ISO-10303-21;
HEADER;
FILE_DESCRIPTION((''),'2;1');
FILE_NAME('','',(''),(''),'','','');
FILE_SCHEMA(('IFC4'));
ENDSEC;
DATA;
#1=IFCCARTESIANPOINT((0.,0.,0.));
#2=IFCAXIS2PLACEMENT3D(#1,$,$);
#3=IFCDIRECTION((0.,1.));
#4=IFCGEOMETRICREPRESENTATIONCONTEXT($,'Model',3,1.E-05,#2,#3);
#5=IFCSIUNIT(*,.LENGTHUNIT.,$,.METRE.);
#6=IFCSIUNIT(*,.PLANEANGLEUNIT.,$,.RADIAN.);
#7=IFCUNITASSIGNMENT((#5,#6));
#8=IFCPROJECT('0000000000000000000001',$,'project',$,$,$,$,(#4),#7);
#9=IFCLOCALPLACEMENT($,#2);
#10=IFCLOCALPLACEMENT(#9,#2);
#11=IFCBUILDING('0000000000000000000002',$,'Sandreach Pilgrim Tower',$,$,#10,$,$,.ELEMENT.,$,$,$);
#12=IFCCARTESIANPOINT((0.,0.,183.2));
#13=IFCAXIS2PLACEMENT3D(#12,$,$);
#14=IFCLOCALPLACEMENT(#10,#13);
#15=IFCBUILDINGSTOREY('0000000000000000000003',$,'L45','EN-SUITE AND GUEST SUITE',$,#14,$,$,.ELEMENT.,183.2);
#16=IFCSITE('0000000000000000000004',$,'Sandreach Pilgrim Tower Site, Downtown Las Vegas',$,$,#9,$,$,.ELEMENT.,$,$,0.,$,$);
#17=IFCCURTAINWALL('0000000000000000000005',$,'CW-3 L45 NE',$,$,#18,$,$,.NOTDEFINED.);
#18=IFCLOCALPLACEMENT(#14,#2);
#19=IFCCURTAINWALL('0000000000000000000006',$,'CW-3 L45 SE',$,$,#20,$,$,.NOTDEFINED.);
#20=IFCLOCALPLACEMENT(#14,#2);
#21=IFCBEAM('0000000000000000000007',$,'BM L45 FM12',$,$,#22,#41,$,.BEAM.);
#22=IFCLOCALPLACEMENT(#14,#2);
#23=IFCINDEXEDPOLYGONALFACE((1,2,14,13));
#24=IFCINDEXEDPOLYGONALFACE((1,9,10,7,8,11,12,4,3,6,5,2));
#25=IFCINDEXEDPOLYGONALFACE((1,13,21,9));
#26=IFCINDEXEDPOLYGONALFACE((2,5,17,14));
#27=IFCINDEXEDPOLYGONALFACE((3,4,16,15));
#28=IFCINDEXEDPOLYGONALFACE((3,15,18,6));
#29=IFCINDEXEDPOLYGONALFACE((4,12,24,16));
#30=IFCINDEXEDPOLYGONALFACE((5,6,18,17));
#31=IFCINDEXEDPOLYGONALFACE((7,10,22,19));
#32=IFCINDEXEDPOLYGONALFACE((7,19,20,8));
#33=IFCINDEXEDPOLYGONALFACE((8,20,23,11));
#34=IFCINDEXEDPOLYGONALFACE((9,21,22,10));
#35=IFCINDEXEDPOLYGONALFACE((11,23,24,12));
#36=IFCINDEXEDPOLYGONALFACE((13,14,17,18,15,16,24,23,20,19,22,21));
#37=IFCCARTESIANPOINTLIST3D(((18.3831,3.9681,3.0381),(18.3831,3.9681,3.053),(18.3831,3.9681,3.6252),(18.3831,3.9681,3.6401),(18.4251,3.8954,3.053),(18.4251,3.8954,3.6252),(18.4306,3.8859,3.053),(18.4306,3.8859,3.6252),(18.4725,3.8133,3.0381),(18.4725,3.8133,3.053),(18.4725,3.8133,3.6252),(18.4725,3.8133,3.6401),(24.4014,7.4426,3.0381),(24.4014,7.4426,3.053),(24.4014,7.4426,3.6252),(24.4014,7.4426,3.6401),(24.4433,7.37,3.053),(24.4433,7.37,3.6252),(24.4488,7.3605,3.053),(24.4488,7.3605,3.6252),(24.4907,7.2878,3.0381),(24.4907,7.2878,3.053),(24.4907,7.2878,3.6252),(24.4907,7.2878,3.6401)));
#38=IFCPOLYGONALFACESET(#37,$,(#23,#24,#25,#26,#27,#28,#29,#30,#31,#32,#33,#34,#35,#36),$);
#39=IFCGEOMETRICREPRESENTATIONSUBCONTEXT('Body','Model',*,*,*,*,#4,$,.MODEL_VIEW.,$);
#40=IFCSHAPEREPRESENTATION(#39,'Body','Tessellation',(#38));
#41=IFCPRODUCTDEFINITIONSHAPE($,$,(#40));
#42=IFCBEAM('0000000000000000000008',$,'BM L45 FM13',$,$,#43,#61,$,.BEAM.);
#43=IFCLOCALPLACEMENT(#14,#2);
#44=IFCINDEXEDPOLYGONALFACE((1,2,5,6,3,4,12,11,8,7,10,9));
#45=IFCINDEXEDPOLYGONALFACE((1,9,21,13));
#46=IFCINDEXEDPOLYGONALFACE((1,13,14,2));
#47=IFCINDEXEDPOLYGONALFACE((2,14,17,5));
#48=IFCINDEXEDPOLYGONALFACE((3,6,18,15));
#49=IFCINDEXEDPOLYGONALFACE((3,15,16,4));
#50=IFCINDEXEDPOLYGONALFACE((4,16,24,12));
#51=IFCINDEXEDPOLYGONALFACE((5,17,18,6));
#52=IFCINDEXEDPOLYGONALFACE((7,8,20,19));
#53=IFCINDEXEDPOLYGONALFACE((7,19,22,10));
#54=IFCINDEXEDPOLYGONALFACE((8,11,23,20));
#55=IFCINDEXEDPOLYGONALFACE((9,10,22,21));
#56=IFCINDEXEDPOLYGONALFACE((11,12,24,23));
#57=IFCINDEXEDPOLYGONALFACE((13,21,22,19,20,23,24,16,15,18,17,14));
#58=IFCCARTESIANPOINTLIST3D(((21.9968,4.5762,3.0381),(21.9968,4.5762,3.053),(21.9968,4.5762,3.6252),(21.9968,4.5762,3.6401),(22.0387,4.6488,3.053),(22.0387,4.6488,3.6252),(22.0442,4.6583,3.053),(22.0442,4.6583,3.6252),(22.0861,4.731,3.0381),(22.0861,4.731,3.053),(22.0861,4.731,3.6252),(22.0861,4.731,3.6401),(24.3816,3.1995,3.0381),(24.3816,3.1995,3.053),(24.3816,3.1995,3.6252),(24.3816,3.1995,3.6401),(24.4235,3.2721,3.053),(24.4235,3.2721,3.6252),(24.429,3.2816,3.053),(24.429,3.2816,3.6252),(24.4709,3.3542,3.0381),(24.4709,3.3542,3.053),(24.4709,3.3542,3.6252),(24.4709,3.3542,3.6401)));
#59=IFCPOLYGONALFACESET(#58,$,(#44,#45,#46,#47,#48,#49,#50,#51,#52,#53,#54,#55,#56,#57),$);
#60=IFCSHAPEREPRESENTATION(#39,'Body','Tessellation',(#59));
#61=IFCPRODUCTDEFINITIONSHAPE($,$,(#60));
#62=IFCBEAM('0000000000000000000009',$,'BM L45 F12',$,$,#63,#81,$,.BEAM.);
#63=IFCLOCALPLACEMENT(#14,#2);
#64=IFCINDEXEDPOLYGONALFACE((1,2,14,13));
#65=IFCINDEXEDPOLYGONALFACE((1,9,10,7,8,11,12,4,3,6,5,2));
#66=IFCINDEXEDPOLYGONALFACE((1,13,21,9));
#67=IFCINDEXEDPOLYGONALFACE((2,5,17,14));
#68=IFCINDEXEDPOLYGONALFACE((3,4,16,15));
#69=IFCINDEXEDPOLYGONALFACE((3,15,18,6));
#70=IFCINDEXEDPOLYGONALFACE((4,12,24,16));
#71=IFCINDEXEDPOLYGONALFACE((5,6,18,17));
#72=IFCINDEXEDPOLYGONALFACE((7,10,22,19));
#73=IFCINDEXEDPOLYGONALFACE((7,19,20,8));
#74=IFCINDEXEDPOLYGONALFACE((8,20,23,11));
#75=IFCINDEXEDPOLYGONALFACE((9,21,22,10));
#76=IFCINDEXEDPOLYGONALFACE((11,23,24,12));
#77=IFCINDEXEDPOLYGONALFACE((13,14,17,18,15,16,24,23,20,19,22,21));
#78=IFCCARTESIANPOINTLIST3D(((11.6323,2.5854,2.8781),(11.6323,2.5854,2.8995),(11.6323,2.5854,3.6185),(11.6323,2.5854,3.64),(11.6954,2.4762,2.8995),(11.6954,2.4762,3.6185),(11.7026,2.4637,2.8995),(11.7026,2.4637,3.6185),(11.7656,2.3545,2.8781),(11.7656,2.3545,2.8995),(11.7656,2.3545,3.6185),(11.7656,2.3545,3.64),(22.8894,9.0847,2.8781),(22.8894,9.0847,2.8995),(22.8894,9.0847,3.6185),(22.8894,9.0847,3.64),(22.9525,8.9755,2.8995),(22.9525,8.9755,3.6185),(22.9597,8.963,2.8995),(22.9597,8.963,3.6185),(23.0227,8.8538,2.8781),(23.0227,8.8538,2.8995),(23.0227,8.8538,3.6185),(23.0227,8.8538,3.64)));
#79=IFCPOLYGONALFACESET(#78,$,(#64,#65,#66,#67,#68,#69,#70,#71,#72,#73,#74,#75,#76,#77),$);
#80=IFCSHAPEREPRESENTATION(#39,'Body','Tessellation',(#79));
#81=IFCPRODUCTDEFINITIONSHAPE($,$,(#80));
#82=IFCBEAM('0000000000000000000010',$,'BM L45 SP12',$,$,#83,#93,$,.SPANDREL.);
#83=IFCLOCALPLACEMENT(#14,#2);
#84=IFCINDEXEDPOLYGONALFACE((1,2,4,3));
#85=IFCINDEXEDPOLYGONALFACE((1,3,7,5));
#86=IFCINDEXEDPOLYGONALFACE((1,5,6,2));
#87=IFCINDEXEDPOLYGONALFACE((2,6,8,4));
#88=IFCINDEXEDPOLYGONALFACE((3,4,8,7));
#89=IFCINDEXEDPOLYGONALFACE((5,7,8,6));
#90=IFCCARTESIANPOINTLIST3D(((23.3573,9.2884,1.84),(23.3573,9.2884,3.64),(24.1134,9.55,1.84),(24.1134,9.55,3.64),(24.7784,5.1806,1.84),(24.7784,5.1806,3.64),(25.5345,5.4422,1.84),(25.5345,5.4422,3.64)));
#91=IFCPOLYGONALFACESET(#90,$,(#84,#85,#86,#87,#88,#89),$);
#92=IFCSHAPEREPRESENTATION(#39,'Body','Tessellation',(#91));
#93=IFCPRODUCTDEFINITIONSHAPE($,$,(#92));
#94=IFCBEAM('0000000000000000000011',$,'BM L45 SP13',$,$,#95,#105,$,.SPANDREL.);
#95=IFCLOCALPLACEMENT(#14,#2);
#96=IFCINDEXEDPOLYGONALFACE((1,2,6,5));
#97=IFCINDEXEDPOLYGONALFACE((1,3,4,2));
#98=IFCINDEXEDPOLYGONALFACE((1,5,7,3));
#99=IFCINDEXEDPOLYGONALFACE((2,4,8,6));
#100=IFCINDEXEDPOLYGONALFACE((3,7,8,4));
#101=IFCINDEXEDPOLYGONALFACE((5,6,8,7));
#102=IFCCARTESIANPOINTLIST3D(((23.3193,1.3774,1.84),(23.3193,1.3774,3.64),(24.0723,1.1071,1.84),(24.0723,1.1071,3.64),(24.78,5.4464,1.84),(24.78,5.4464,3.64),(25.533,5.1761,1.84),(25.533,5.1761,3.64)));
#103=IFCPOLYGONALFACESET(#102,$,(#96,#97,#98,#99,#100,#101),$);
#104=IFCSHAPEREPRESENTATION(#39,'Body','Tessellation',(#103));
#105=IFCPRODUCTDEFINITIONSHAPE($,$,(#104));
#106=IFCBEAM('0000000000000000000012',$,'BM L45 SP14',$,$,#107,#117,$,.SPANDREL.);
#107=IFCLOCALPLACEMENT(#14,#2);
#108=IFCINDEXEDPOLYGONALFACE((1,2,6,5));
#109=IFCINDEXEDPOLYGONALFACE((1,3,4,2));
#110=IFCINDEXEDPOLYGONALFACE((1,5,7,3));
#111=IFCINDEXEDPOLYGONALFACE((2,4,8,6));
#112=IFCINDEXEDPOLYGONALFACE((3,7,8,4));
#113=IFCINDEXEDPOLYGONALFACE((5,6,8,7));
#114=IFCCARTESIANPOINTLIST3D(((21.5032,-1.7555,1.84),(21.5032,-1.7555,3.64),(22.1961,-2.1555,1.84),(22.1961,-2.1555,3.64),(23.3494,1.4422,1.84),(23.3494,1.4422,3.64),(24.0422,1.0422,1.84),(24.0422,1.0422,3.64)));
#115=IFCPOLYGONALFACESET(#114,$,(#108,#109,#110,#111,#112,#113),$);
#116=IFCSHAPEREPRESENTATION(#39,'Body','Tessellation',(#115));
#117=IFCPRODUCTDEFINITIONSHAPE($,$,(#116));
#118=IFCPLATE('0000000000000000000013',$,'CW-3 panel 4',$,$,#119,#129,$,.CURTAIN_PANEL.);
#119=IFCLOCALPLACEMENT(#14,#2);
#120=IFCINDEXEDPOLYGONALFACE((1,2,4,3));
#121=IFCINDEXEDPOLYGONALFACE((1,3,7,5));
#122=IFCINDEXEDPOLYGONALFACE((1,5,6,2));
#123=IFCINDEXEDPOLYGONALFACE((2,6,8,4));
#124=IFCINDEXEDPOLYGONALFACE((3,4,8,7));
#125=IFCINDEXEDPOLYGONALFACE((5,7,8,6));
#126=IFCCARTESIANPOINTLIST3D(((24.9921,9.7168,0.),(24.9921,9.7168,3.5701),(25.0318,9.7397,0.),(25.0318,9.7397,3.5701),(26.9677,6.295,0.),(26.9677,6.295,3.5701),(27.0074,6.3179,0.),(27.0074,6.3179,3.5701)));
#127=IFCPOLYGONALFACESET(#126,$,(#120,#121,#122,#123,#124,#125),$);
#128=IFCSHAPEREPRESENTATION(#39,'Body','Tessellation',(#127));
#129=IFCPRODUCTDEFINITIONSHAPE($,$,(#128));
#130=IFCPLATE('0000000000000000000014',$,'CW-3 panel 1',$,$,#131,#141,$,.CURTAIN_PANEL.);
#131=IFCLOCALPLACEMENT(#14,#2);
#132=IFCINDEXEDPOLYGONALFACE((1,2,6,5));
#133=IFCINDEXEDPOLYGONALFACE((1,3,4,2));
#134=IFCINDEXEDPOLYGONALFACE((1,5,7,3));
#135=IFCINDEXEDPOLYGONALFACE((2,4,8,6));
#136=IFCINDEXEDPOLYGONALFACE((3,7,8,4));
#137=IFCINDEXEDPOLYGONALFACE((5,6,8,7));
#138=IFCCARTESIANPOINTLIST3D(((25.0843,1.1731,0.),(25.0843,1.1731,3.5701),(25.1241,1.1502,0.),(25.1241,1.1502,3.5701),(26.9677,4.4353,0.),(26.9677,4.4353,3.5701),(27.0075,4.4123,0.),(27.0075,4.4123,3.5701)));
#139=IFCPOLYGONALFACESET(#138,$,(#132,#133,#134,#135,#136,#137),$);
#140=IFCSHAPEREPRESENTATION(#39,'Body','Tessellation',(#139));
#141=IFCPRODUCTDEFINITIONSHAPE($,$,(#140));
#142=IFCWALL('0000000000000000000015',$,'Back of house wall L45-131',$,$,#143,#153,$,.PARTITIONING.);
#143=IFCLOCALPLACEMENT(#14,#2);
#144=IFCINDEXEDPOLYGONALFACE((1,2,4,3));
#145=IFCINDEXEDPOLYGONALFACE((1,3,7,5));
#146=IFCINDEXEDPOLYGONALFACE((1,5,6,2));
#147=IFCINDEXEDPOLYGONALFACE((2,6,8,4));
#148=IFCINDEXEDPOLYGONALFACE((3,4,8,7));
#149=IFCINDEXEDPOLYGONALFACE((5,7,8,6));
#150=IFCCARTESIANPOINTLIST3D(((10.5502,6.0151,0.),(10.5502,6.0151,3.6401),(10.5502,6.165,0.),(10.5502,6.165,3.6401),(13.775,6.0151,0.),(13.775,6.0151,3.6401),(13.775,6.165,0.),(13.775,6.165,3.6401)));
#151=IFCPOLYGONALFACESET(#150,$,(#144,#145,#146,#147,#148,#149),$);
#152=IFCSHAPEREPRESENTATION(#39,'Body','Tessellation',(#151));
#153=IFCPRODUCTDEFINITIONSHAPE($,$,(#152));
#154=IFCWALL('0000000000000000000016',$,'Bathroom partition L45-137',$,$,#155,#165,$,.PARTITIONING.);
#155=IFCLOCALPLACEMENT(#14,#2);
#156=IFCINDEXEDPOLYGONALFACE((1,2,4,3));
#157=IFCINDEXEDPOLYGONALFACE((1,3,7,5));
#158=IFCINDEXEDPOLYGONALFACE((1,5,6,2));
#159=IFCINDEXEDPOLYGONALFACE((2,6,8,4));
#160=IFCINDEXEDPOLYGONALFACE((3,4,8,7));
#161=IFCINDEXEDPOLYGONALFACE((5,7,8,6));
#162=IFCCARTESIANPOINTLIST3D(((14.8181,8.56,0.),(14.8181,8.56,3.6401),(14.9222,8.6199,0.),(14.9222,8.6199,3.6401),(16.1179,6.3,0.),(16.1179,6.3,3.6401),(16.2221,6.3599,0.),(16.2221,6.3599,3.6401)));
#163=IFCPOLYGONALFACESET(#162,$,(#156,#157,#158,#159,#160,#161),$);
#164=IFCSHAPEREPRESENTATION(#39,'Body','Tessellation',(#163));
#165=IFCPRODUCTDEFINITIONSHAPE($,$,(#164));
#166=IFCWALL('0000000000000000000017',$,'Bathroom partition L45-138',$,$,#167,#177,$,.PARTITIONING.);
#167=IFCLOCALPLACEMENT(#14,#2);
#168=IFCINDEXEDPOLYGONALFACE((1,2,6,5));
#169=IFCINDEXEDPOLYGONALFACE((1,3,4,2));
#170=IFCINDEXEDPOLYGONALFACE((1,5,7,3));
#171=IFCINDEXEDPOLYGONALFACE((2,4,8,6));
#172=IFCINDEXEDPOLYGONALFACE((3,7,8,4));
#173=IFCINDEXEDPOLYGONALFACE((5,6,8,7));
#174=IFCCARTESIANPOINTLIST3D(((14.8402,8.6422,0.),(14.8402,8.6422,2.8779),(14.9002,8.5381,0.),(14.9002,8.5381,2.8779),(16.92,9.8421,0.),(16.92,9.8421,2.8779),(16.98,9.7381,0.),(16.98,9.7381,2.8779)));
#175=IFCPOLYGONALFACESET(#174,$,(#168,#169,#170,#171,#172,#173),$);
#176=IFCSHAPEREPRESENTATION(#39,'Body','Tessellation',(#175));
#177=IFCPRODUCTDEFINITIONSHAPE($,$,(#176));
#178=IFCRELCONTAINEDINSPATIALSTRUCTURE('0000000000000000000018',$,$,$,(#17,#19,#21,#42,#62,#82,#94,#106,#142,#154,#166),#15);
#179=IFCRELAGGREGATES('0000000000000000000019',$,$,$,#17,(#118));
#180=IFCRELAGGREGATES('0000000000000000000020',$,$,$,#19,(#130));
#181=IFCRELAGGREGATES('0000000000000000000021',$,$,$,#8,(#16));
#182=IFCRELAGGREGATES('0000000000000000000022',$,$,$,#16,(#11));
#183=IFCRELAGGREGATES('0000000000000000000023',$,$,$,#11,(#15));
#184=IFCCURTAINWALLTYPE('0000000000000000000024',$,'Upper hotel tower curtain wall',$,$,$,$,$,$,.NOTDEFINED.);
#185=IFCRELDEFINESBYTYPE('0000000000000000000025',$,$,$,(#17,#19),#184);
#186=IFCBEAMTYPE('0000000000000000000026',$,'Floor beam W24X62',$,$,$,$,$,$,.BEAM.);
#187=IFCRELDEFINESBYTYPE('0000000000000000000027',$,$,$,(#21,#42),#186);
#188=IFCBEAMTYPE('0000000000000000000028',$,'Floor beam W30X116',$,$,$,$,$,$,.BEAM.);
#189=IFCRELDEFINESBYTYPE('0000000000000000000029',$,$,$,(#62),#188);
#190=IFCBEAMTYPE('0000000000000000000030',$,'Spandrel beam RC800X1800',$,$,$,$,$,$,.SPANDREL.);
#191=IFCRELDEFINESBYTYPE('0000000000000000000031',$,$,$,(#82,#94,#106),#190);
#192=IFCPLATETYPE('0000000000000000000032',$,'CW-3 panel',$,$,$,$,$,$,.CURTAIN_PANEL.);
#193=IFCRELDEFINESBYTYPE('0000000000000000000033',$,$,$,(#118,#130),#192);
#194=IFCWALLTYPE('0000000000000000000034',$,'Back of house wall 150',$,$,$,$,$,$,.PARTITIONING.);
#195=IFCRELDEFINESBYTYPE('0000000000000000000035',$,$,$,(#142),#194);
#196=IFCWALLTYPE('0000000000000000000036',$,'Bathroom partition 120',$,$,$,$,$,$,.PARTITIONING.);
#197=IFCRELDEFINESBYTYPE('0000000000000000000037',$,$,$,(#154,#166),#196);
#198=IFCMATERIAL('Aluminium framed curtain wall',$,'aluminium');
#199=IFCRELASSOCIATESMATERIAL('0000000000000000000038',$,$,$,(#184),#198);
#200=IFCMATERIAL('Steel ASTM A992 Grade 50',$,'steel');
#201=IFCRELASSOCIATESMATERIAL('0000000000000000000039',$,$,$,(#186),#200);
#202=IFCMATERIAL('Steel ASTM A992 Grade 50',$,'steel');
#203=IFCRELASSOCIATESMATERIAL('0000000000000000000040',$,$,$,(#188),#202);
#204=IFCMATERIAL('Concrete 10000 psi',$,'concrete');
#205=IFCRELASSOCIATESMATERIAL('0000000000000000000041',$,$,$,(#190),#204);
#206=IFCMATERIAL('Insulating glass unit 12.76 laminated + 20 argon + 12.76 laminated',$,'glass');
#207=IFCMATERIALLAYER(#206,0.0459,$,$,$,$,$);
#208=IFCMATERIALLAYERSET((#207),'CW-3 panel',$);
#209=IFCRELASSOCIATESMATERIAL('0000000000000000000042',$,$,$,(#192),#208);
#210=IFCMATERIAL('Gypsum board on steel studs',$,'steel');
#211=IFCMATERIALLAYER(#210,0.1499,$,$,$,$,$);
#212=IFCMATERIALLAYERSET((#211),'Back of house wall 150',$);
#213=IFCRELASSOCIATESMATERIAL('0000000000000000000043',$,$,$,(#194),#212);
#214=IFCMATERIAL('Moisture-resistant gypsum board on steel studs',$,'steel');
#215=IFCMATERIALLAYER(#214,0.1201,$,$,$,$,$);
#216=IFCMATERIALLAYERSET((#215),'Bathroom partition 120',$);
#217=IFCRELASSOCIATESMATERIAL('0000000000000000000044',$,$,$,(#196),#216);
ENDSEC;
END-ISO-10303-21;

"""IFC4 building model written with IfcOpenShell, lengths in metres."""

from ifc_helpers import new_model, si_unit, direction, frame, frame_2d, origin, origin_2d, place, context, subcontext, project, spatial, rectangle, i_section, extrude, material, layer, layer_set, material_profile, profile_set, type_object, element, aggregate, save


model = new_model("IFC4")

# Units and contexts
model_context = context("Model", 3, precision=1e-05, world=origin(), true_north=direction((0.0, 1.0)))
body_context = subcontext(model_context, "Body", "Model", "MODEL_VIEW")
ifc_project = project(units=[si_unit("LENGTHUNIT", "METRE"), si_unit("PLANEANGLEUNIT", "RADIAN")], contexts=[model_context])

# Site, building, storey
site_placement = place(None, origin())
site = spatial("IfcSite", under=ifc_project, at=site_placement, Name="Sandreach Pilgrim Tower Site, Downtown Las Vegas", CompositionType="ELEMENT", RefElevation=0.0)
building_placement = place(site_placement, origin())
building = spatial("IfcBuilding", under=site, at=building_placement, Name="Sandreach Pilgrim Tower", CompositionType="ELEMENT")
storey_placement = place(building_placement, frame((0.0, 0.0, 183.2)))
storey = spatial("IfcBuildingStorey", under=building, at=storey_placement, Name="L45", Description="EN-SUITE AND GUEST SUITE", CompositionType="ELEMENT", Elevation=183.2)

# Curtain wall
ifc_material_1 = material(Name="Aluminium framed curtain wall", Category="aluminium")
curtain_wall_type = type_object("IfcCurtainWallType", Name="Upper hotel tower curtain wall", PredefinedType="NOTDEFINED", material=ifc_material_1)
curtain_wall_1_placement = place(storey_placement, origin())
curtain_wall_1 = element("IfcCurtainWall", 1, at=curtain_wall_1_placement, inside=storey, type_object=curtain_wall_type, Name="CW-3 L45 NE", PredefinedType="NOTDEFINED")

# Curtain wall
curtain_wall_2_placement = place(storey_placement, origin())
curtain_wall_2 = element("IfcCurtainWall", 2, at=curtain_wall_2_placement, inside=storey, type_object=curtain_wall_type, Name="CW-3 L45 SE", PredefinedType="NOTDEFINED")

# Beams
ifc_material_2 = material(Name="Steel ASTM A992 Grade 50", Category="steel")
ifc_material_profile_1 = material_profile(ifc_material_2, i_section(OverallWidth=0.1787, OverallDepth=0.6021, WebThickness=0.011, FlangeThickness=0.0149, at=origin_2d()), Name="W24X62")
ifc_profile_set_1 = profile_set([ifc_material_profile_1], Name="Steel ASTM A992 Grade 50")
beam_type_1 = type_object("IfcBeamType", Name="Floor beam W24X62", PredefinedType="BEAM", material=ifc_profile_set_1)
beam_1_placement = place(storey_placement, frame((24.446, 7.3652, 3.3391), z_axis=(-0.866029, -0.499993, 0.0), x_axis=(0.499993, -0.866029, 0.0)))
element("IfcBeam", 3, at=beam_1_placement, inside=storey, type_object=beam_type_1, Name="BM L45 FM12", PredefinedType="BEAM", context=body_context, shape_type="SweptSolid", body=[
    extrude(i_section(OverallWidth=0.1787, OverallDepth=0.6021, WebThickness=0.011, FlangeThickness=0.0149, at=origin_2d()), origin(), (0.0, 0.0, 1.0), 6.9492),
])
beam_2_placement = place(storey_placement, frame((24.4263, 3.2769, 3.3391), z_axis=(-0.866047, 0.499963, 0.0), x_axis=(-0.499963, -0.866047, 0.0)))
element("IfcBeam", 4, at=beam_2_placement, inside=storey, type_object=beam_type_1, Name="BM L45 FM13", PredefinedType="BEAM", context=body_context, shape_type="SweptSolid", body=[
    extrude(i_section(OverallWidth=0.1787, OverallDepth=0.6021, WebThickness=0.011, FlangeThickness=0.0149, at=origin_2d()), origin(), (0.0, 0.0, 1.0), 2.7537),
])
ifc_material_3 = material(Name="Steel ASTM A992 Grade 50", Category="steel")
ifc_material_profile_2 = material_profile(ifc_material_3, i_section(OverallWidth=0.2666, OverallDepth=0.762, WebThickness=0.0144, FlangeThickness=0.0215, at=origin_2d()), Name="W30X116")
ifc_profile_set_2 = profile_set([ifc_material_profile_2], Name="Steel ASTM A992 Grade 50")
beam_type_2 = type_object("IfcBeamType", Name="Floor beam W30X116", PredefinedType="BEAM", material=ifc_profile_set_2)
beam_3_placement = place(storey_placement, frame((22.9561, 8.9692, 3.259), z_axis=(-0.866026, -0.499999, 0.0), x_axis=(0.499999, -0.866026, 0.0)))
element("IfcBeam", 5, at=beam_3_placement, inside=storey, type_object=beam_type_2, Name="BM L45 F12", PredefinedType="BEAM", context=body_context, shape_type="SweptSolid", body=[
    extrude(i_section(OverallWidth=0.2666, OverallDepth=0.762, WebThickness=0.0144, FlangeThickness=0.0215, at=origin_2d()), origin(), (0.0, 0.0, 1.0), 12.9985),
])
ifc_material_4 = material(Name="Concrete 10000 psi", Category="concrete")
ifc_material_profile_3 = material_profile(ifc_material_4, rectangle(XDim=0.8, YDim=1.8, at=origin_2d()), Name="RC800X1800")
ifc_profile_set_3 = profile_set([ifc_material_profile_3], Name="Concrete 10000 psi")
beam_type_3 = type_object("IfcBeamType", Name="Spandrel beam RC800X1800", PredefinedType="SPANDREL", material=ifc_profile_set_3)
beam_4_placement = place(storey_placement, frame((23.7354, 9.4192, 2.74), z_axis=(0.326941, -0.945045, 0.0), x_axis=(0.945045, 0.326941, 0.0)))
element("IfcBeam", 6, at=beam_4_placement, inside=storey, type_object=beam_type_3, Name="BM L45 SP12", PredefinedType="SPANDREL", context=body_context, shape_type="SweptSolid", body=[
    extrude(rectangle(XDim=0.8, YDim=1.8, at=origin_2d()), origin(), (0.0, 0.0, 1.0), 4.3467),
])
beam_5_placement = place(storey_placement, frame((25.1565, 5.3113, 2.74), z_axis=(-0.337863, -0.941195, 0.0), x_axis=(0.941195, -0.337863, 0.0)))
element("IfcBeam", 7, at=beam_5_placement, inside=storey, type_object=beam_type_3, Name="BM L45 SP13", PredefinedType="SPANDREL", context=body_context, shape_type="SweptSolid", body=[
    extrude(rectangle(XDim=0.8, YDim=1.8, at=origin_2d()), origin(), (0.0, 0.0, 1.0), 4.3232),
])
beam_6_placement = place(storey_placement, frame((23.6958, 1.2422, 2.74), z_axis=(-0.499993, -0.866029, 0.0), x_axis=(0.866029, -0.499993, 0.0)))
element("IfcBeam", 8, at=beam_6_placement, inside=storey, type_object=beam_type_3, Name="BM L45 SP14", PredefinedType="SPANDREL", context=body_context, shape_type="SweptSolid", body=[
    extrude(rectangle(XDim=0.8, YDim=1.8, at=origin_2d()), origin(), (0.0, 0.0, 1.0), 3.6924),
])

# Plates
ifc_material_5 = material(Name="Insulating glass unit 12.76 laminated + 20 argon + 12.76 laminated", Category="glass")
ifc_layer_1 = layer(ifc_material_5, 0.0459)
ifc_layer_set_1 = layer_set([ifc_layer_1], Name="CW-3 panel")
plate_type = type_object("IfcPlateType", Name="CW-3 panel", PredefinedType="CURTAIN_PANEL", material=ifc_layer_set_1)
plate_1_placement = place(storey_placement, frame((25.9998, 8.0173, 0.0), z_axis=(0.0, 0.0, 1.0), x_axis=(0.5, -0.866025, 0.0)))
plate_1 = element("IfcPlate", 9, at=plate_1_placement, type_object=plate_type, Name="CW-3 panel 4", PredefinedType="CURTAIN_PANEL", context=body_context, shape_type="SweptSolid", body=[
    extrude(rectangle(XDim=3.9512, YDim=0.0459, at=origin_2d()), origin(), (0.0, 0.0, 1.0), 3.5701),
])
aggregate(curtain_wall_1, [plate_1])
plate_2_placement = place(storey_placement, frame((26.0459, 2.7927, 0.0), z_axis=(0.0, 0.0, 1.0), x_axis=(-0.5, -0.866025, 0.0)))
plate_2 = element("IfcPlate", 10, at=plate_2_placement, type_object=plate_type, Name="CW-3 panel 1", PredefinedType="CURTAIN_PANEL", context=body_context, shape_type="SweptSolid", body=[
    extrude(rectangle(XDim=3.7668, YDim=0.0459, at=origin_2d()), origin(), (0.0, 0.0, 1.0), 3.5701),
])
aggregate(curtain_wall_2, [plate_2])

# Walls
ifc_material_6 = material(Name="Gypsum board on steel studs", Category="steel")
ifc_layer_2 = layer(ifc_material_6, 0.1499)
ifc_layer_set_2 = layer_set([ifc_layer_2], Name="Back of house wall 150")
wall_type_1 = type_object("IfcWallType", Name="Back of house wall 150", PredefinedType="PARTITIONING", material=ifc_layer_set_2)
wall_1_placement = place(storey_placement, frame((13.7749, 6.0901, 0.0), z_axis=(0.0, 0.0, 1.0), x_axis=(-1.0, 0.0, 0.0)))
element("IfcWall", 11, at=wall_1_placement, inside=storey, type_object=wall_type_1, Name="Back of house wall L45-131", PredefinedType="PARTITIONING", context=body_context, shape_type="SweptSolid", body=[
    extrude(rectangle(XDim=3.2249, YDim=0.1499, at=frame_2d((1.6123, 0.0))), origin(), (0.0, 0.0, 1.0), 3.6401),
])
ifc_material_7 = material(Name="Moisture-resistant gypsum board on steel studs", Category="steel")
ifc_layer_3 = layer(ifc_material_7, 0.1201)
ifc_layer_set_3 = layer_set([ifc_layer_3], Name="Bathroom partition 120")
wall_type_2 = type_object("IfcWallType", Name="Bathroom partition 120", PredefinedType="PARTITIONING", material=ifc_layer_set_3)
wall_2_placement = place(storey_placement, frame((14.8701, 8.5901, 0.0), z_axis=(0.0, 0.0, 1.0), x_axis=(0.498557, -0.866857, 0.0)))
element("IfcWall", 12, at=wall_2_placement, inside=storey, type_object=wall_type_2, Name="Bathroom partition L45-137", PredefinedType="PARTITIONING", context=body_context, shape_type="SweptSolid", body=[
    extrude(rectangle(XDim=2.6072, YDim=0.1201, at=frame_2d((1.3037, 0.0))), origin(), (0.0, 0.0, 1.0), 3.6401),
])
wall_3_placement = place(storey_placement, frame((14.8701, 8.5901, 0.0), z_axis=(0.0, 0.0, 1.0), x_axis=(0.866177, 0.499737, 0.0)))
element("IfcWall", 13, at=wall_3_placement, inside=storey, type_object=wall_type_2, Name="Bathroom partition L45-138", PredefinedType="PARTITIONING", context=body_context, shape_type="SweptSolid", body=[
    extrude(rectangle(XDim=2.4011, YDim=0.1201, at=frame_2d((1.2007, 0.0))), origin(), (0.0, 0.0, 1.0), 2.8779),
])

save(model, "model.ifc")
